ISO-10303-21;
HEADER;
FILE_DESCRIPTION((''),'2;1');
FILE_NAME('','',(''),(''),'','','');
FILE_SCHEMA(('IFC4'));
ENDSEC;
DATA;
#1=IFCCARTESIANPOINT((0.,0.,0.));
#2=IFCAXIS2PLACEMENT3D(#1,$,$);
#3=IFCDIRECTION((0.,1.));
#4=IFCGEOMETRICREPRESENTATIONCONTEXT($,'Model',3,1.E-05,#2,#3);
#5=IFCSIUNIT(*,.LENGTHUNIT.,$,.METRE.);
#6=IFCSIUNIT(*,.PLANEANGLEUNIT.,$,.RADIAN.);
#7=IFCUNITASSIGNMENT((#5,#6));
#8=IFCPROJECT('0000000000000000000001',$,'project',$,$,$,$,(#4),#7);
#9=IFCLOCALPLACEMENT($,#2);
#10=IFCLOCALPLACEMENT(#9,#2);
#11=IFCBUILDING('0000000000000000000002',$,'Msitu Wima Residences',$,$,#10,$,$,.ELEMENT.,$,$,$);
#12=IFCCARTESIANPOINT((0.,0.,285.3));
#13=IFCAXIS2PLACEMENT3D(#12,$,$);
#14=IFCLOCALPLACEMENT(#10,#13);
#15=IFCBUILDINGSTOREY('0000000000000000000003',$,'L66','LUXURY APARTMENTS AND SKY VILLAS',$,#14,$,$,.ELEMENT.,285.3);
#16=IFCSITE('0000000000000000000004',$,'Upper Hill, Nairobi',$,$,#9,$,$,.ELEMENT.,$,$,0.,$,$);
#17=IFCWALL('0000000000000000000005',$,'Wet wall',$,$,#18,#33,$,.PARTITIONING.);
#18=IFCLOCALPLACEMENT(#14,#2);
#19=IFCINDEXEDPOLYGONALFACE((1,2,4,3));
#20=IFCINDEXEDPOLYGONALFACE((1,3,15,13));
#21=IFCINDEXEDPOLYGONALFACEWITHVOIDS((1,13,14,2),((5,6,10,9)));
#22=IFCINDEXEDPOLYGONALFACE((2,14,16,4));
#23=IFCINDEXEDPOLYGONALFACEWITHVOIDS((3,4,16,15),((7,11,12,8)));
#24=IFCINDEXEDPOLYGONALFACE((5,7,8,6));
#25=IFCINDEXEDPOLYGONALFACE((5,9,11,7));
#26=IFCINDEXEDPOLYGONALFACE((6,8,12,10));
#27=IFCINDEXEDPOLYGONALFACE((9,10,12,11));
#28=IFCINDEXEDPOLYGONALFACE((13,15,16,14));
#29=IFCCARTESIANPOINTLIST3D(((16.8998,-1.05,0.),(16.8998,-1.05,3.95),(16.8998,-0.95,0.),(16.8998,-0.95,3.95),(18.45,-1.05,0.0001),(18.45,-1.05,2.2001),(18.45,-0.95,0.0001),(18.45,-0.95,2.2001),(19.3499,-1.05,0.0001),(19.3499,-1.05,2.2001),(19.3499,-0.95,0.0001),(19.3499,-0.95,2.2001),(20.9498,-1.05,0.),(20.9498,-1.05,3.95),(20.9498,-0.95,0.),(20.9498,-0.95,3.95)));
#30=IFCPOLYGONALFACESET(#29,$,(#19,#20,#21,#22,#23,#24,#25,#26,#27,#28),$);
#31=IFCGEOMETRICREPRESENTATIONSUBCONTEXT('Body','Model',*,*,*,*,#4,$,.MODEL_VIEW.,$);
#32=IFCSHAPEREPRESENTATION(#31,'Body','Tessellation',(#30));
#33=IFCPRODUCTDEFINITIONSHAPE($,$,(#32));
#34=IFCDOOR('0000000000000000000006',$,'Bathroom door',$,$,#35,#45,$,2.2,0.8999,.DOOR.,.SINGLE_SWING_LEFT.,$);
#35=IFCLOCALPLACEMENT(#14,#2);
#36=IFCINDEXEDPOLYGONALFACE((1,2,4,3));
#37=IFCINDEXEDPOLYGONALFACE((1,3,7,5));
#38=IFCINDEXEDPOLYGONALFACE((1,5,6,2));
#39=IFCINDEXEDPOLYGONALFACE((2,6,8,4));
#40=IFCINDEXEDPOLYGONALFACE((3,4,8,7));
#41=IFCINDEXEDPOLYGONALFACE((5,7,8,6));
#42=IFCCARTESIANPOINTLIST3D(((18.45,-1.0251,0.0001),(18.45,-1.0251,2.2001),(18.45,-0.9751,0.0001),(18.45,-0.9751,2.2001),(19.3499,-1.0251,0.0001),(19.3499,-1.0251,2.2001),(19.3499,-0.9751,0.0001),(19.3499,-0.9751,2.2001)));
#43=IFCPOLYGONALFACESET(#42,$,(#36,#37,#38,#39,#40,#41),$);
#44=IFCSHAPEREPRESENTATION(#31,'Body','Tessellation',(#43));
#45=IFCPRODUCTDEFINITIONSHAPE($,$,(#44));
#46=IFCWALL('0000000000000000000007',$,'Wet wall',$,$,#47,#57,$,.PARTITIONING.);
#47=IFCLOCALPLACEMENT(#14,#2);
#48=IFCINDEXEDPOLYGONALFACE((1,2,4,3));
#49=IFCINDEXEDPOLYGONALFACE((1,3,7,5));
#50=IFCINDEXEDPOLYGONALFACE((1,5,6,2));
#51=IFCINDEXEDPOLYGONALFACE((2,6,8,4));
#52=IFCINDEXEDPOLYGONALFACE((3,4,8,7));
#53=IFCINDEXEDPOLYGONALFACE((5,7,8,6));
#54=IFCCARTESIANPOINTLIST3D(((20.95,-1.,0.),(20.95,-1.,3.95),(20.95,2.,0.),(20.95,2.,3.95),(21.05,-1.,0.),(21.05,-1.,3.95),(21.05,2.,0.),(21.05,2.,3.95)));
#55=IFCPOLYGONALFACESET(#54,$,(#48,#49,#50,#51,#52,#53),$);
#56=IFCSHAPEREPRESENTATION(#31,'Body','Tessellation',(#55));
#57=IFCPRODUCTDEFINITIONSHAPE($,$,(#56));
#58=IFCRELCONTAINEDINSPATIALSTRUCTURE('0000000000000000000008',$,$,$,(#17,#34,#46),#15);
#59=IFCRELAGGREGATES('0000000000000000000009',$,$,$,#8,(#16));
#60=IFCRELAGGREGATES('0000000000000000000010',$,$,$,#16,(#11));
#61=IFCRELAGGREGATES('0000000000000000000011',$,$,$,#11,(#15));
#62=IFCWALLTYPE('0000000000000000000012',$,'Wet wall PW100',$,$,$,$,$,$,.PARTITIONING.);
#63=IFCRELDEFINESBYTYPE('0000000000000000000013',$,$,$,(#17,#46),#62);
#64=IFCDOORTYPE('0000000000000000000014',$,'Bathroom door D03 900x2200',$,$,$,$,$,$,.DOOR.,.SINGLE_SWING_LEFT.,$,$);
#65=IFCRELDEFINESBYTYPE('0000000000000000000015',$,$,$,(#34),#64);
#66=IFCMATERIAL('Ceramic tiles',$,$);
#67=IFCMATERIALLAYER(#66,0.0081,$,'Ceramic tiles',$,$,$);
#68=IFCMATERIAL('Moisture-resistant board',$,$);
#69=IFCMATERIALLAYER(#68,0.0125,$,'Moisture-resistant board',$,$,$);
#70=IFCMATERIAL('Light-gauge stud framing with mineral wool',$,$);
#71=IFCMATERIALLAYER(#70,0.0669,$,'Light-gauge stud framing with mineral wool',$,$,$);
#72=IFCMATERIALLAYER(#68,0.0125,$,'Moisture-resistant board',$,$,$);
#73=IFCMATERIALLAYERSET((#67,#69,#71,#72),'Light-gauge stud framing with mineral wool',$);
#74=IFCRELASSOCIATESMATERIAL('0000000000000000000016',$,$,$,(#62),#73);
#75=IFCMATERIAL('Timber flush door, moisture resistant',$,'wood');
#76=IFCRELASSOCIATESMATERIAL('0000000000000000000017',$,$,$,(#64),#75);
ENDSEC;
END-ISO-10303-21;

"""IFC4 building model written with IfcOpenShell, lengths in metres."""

from ifc_helpers import new_model, si_unit, direction, frame, frame_2d, origin, place, context, subcontext, project, spatial, rectangle, extrude, material, layer, layer_set, type_object, element, fill, save


model = new_model("IFC4")

# Units and contexts
model_context = context("Model", 3, precision=1e-05, world=origin(), true_north=direction((0.0, 1.0)))
body_context = subcontext(model_context, "Body", "Model", "MODEL_VIEW")
ifc_project = project(units=[si_unit("LENGTHUNIT", "METRE"), si_unit("PLANEANGLEUNIT", "RADIAN")], contexts=[model_context])

# Site, building, storey
site_placement = place(None, origin())
site = spatial("IfcSite", under=ifc_project, at=site_placement, Name="Upper Hill, Nairobi", CompositionType="ELEMENT", RefElevation=0.0)
building_placement = place(site_placement, origin())
building = spatial("IfcBuilding", under=site, at=building_placement, Name="Msitu Wima Residences", CompositionType="ELEMENT")
storey_placement = place(building_placement, frame((0.0, 0.0, 285.3)))
storey = spatial("IfcBuildingStorey", under=building, at=storey_placement, Name="L66", Description="LUXURY APARTMENTS AND SKY VILLAS", CompositionType="ELEMENT", Elevation=285.3)

# Wall, opening, door
ifc_material_1 = material(Name="Ceramic tiles")
ifc_layer_1 = layer(ifc_material_1, 0.0081, Name="Ceramic tiles")
ifc_material_2 = material(Name="Moisture-resistant board")
ifc_layer_2 = layer(ifc_material_2, 0.0125, Name="Moisture-resistant board")
ifc_material_3 = material(Name="Light-gauge stud framing with mineral wool")
ifc_layer_3 = layer(ifc_material_3, 0.0669, Name="Light-gauge stud framing with mineral wool")
ifc_layer_4 = layer(ifc_material_2, 0.0125, Name="Moisture-resistant board")
ifc_layer_set_1 = layer_set([ifc_layer_1, ifc_layer_2, ifc_layer_3, ifc_layer_4], Name="Light-gauge stud framing with mineral wool")
wall_type_1 = type_object("IfcWallType", Name="Wet wall PW100", PredefinedType="PARTITIONING", material=ifc_layer_set_1)
wall_1_placement = place(storey_placement, frame((16.8999, -1.0, 0.0), z_axis=(0.0, 0.0, 1.0), x_axis=(1.0, 0.0, 0.0)))
wall_1 = element("IfcWall", 1, at=wall_1_placement, inside=storey, type_object=wall_type_1, Name="Wet wall", PredefinedType="PARTITIONING", context=body_context, shape_type="SweptSolid", body=[
    extrude(rectangle(XDim=4.05, YDim=0.1001, at=frame_2d((2.0249, 0.0))), origin(), (0.0, 0.0, 1.0), 3.95),
])
opening_1_placement = place(wall_1_placement, frame((1.55, 0.0, 0.0)))
opening_1 = element("IfcOpeningElement", 2, at=opening_1_placement, cuts=wall_1, PredefinedType="OPENING", context=body_context, shape_type="SweptSolid", body=[
    extrude(rectangle(XDim=0.8999, YDim=2.2, at=frame_2d((0.45, 1.1001))), frame((0.0, 0.0601, 0.0), z_axis=(0.0, -1.0, 0.0), x_axis=(1.0, 0.0, 0.0)), (0.0, 0.0, 1.0), 0.1201),
])
ifc_material_4 = material(Name="Timber flush door, moisture resistant", Category="wood")
door_type_1 = type_object("IfcDoorType", Name="Bathroom door D03 900x2200", OperationType="SINGLE_SWING_LEFT", PredefinedType="DOOR", material=ifc_material_4)
door_1_placement = place(opening_1_placement, origin())
door_1 = element("IfcDoor", 3, at=door_1_placement, inside=storey, type_object=door_type_1, Name="Bathroom door", OperationType="SINGLE_SWING_LEFT", OverallHeight=2.2, OverallWidth=0.8999, PredefinedType="DOOR", context=body_context, shape_type="SweptSolid", body=[
    extrude(rectangle(XDim=0.8999, YDim=2.2, at=frame_2d((0.45, 1.1001))), frame((0.0, 0.0249, 0.0), z_axis=(0.0, -1.0, 0.0), x_axis=(1.0, 0.0, 0.0)), (0.0, 0.0, 1.0), 0.05),
])
fill(opening_1, door_1)

# Wall
wall_2_placement = place(storey_placement, frame((21.0, -1.0, 0.0), z_axis=(0.0, 0.0, 1.0), x_axis=(0.0, 1.0, 0.0)))
element("IfcWall", 4, at=wall_2_placement, inside=storey, type_object=wall_type_1, Name="Wet wall", PredefinedType="PARTITIONING", context=body_context, shape_type="SweptSolid", body=[
    extrude(rectangle(XDim=3.0, YDim=0.1001, at=frame_2d((1.5, 0.0))), origin(), (0.0, 0.0, 1.0), 3.95),
])

save(model, "model.ifc")
